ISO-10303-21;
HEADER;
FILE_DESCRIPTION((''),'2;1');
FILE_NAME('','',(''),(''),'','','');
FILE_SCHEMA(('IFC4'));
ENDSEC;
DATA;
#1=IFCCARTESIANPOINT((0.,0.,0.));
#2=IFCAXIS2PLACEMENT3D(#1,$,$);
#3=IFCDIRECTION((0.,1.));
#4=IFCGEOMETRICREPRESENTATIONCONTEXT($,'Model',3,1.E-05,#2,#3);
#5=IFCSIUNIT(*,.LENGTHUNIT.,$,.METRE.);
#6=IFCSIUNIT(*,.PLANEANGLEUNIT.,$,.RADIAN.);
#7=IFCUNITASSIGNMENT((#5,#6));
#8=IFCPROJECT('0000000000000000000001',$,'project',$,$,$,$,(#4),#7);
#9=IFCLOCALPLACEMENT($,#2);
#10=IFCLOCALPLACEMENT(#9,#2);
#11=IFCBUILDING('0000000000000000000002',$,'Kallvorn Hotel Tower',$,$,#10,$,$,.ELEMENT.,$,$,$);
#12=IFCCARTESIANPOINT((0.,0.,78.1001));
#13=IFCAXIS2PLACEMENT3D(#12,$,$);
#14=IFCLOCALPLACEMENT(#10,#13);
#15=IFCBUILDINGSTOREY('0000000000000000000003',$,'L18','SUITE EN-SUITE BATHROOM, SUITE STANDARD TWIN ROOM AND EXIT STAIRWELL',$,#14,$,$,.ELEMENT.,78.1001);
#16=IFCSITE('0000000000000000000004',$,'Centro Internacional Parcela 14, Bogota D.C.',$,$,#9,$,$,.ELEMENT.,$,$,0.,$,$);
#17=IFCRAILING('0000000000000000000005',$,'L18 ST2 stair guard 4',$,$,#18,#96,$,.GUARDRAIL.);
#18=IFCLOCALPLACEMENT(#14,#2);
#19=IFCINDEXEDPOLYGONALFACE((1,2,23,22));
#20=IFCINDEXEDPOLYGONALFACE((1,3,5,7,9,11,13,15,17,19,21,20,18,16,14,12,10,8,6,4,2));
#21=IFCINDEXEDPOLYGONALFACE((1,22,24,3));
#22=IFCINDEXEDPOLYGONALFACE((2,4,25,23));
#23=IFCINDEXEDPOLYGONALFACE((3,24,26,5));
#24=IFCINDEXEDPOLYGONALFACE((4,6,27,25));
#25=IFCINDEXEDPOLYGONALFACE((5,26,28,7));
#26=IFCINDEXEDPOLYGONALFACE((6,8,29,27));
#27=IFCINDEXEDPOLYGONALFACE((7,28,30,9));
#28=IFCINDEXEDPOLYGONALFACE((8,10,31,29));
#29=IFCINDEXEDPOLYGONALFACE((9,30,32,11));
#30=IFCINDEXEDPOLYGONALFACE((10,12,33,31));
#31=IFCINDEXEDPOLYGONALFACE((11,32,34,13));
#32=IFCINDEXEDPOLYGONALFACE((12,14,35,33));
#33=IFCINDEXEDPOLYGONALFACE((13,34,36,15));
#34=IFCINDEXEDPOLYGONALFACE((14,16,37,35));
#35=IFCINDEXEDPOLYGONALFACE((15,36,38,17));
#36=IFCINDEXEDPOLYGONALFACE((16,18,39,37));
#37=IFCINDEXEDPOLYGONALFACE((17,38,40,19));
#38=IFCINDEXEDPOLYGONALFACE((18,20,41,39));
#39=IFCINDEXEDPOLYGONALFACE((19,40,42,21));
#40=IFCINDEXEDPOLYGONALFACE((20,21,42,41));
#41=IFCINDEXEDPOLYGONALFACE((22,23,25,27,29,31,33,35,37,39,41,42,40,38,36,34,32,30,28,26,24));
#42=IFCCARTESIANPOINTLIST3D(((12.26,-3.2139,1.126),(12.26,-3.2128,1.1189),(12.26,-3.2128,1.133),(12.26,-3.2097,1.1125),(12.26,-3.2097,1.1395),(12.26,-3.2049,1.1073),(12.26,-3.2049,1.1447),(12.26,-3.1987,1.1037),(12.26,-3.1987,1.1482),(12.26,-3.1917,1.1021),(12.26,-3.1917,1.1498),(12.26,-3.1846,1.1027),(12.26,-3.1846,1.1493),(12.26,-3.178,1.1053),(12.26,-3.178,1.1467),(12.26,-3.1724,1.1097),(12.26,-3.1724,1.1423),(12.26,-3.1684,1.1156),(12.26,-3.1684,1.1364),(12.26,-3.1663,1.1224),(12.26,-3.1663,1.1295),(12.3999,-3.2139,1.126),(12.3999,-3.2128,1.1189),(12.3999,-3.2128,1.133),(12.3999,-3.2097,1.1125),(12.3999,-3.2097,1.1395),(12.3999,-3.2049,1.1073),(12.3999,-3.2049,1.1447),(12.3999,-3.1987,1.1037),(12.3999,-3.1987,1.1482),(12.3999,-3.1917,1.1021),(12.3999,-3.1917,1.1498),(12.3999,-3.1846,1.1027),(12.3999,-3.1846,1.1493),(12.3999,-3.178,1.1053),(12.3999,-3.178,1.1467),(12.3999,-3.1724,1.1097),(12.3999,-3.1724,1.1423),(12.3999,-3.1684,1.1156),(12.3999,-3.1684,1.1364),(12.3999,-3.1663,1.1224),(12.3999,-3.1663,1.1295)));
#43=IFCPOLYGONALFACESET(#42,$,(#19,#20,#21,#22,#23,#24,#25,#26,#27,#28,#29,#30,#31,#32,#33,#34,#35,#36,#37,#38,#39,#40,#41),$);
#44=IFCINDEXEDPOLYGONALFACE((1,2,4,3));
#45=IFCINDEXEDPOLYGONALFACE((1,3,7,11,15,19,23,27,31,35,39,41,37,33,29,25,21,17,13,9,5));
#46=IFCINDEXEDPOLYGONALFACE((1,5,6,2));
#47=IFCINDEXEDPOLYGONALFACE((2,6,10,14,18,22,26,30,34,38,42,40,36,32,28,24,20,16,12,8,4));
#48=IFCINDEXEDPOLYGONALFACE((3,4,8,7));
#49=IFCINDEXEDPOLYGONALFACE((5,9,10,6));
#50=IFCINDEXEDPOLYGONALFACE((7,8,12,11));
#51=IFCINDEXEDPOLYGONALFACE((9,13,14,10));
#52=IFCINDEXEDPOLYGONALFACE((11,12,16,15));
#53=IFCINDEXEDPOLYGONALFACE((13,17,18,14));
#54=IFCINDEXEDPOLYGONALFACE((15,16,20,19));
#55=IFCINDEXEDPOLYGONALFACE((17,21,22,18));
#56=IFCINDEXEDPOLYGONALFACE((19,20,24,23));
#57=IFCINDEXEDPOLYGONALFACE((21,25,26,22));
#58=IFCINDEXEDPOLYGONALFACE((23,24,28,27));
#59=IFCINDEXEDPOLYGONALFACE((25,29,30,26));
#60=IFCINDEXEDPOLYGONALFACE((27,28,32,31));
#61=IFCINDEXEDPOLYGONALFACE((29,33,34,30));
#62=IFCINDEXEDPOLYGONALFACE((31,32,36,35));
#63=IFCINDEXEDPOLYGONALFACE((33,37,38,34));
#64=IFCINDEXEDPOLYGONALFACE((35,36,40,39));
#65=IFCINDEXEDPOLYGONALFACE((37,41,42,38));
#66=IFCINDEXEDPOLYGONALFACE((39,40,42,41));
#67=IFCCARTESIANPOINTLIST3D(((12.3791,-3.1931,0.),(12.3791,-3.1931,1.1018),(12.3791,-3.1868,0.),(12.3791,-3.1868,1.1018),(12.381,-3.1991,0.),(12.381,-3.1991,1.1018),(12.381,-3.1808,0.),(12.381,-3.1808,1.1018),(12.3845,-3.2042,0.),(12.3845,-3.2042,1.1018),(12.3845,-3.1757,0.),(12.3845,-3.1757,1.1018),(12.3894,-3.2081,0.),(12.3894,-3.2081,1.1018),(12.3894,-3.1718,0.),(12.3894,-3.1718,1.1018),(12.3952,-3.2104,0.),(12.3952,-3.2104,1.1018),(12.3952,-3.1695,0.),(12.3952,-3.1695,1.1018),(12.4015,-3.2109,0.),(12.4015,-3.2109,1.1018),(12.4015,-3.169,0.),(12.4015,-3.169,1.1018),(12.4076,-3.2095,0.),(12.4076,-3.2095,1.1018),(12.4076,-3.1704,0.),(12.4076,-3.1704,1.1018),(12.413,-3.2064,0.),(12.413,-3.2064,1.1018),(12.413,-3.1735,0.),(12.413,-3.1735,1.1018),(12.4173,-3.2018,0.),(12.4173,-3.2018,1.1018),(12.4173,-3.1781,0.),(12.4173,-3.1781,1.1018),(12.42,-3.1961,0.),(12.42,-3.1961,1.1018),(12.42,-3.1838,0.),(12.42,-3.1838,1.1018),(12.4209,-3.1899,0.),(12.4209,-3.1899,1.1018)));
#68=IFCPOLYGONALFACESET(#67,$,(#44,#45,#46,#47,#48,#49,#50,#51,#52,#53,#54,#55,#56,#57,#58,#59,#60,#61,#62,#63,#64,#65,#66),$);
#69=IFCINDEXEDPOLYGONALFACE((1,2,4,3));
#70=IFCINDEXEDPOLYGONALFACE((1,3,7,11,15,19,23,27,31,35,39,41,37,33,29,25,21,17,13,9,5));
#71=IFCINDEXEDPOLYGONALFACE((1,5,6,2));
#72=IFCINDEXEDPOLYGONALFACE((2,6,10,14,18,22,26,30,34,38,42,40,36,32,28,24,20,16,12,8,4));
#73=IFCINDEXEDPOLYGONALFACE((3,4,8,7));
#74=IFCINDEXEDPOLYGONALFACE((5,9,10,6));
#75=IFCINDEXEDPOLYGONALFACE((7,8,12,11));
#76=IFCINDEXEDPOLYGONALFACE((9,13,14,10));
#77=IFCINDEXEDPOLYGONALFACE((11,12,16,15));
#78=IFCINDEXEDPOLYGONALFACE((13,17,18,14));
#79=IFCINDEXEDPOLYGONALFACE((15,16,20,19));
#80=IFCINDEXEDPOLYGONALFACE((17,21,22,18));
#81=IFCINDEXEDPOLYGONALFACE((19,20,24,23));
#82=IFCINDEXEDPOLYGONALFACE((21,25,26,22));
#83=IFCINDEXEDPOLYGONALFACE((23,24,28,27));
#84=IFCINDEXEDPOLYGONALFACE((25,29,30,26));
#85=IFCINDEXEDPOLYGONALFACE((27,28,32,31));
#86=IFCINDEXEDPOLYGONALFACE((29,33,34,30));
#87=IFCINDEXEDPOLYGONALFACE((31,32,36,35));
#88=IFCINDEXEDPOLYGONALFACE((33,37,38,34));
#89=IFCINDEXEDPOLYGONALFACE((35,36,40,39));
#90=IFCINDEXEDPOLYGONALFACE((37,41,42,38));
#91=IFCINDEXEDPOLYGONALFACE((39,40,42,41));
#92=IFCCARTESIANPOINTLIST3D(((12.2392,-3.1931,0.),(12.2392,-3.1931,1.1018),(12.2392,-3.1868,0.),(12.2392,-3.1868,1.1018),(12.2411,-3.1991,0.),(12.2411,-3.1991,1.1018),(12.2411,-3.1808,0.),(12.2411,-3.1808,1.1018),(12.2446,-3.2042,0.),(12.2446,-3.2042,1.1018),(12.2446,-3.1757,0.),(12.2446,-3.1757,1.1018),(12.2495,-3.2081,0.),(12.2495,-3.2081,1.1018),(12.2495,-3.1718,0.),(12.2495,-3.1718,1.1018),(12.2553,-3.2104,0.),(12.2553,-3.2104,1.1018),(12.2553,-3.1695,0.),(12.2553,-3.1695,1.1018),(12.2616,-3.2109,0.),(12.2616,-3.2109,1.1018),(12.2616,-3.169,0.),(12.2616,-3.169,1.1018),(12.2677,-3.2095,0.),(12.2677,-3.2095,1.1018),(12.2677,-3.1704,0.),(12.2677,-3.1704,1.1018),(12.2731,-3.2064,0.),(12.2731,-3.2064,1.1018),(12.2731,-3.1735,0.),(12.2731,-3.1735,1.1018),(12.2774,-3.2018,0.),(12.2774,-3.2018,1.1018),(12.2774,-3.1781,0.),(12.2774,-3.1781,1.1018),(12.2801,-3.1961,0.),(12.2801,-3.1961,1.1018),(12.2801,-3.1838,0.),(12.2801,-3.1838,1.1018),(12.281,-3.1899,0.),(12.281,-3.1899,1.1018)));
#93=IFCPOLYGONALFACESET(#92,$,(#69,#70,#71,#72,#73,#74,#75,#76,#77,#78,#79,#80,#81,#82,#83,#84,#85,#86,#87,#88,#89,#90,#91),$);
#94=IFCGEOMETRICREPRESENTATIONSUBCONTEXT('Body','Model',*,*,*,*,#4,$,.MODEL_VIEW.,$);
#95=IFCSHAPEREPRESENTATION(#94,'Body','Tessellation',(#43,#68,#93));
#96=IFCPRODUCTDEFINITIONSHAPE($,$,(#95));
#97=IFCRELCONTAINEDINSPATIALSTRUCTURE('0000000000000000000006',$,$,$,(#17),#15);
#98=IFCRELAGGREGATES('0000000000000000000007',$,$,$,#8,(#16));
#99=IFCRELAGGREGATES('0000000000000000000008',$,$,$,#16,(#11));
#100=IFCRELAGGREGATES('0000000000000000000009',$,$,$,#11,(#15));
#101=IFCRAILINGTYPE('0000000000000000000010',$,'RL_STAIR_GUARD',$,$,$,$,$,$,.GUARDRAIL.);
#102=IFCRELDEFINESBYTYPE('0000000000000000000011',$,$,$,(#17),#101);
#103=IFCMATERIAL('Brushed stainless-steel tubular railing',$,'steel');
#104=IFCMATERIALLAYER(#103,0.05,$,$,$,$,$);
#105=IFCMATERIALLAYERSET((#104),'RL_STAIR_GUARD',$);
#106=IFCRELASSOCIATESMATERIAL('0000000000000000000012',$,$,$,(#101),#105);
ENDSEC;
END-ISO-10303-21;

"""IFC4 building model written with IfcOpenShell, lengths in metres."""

from ifc_helpers import new_model, si_unit, direction, frame, origin, origin_2d, place, context, subcontext, project, spatial, circle, extrude, material, layer, layer_set, type_object, element, save


model = new_model("IFC4")

# Units and contexts
model_context = context("Model", 3, precision=1e-05, world=origin(), true_north=direction((0.0, 1.0)))
body_context = subcontext(model_context, "Body", "Model", "MODEL_VIEW")
ifc_project = project(units=[si_unit("LENGTHUNIT", "METRE"), si_unit("PLANEANGLEUNIT", "RADIAN")], contexts=[model_context])

# Site, building, storey
site_placement = place(None, origin())
site = spatial("IfcSite", under=ifc_project, at=site_placement, Name="Centro Internacional Parcela 14, Bogota D.C.", CompositionType="ELEMENT", RefElevation=0.0)
building_placement = place(site_placement, origin())
building = spatial("IfcBuilding", under=site, at=building_placement, Name="Kallvorn Hotel Tower", CompositionType="ELEMENT")
storey_placement = place(building_placement, frame((0.0, 0.0, 78.1001)))
storey = spatial("IfcBuildingStorey", under=building, at=storey_placement, Name="L18", Description="SUITE EN-SUITE BATHROOM, SUITE STANDARD TWIN ROOM AND EXIT STAIRWELL", CompositionType="ELEMENT", Elevation=78.1001)

# Railing
ifc_material_1 = material(Name="Brushed stainless-steel tubular railing", Category="steel")
ifc_layer_1 = layer(ifc_material_1, 0.05)
ifc_layer_set_1 = layer_set([ifc_layer_1], Name="RL_STAIR_GUARD")
railing_type_1 = type_object("IfcRailingType", Name="RL_STAIR_GUARD", PredefinedType="GUARDRAIL", material=ifc_layer_set_1)
railing_1_placement = place(storey_placement, frame((12.3999, -3.1899, 0.0)))
element("IfcRailing", 1, at=railing_1_placement, inside=storey, type_object=railing_type_1, Name="L18 ST2 stair guard 4", PredefinedType="GUARDRAIL", context=body_context, shape_type="SweptSolid", body=[
    extrude(circle(Radius=0.0239, at=origin_2d()), frame((0.0, 0.0, 1.126), z_axis=(-1.0, 0.0, 0.0), x_axis=(0.0, -1.0, 0.0)), (0.0, 0.0, 1.0), 0.1399),
    extrude(circle(Radius=0.021, at=origin_2d()), origin(), (0.0, 0.0, 1.0), 1.1018),
    extrude(circle(Radius=0.021, at=origin_2d()), frame((-0.1399, 0.0, 0.0)), (0.0, 0.0, 1.0), 1.1018),
])

save(model, "model.ifc")
